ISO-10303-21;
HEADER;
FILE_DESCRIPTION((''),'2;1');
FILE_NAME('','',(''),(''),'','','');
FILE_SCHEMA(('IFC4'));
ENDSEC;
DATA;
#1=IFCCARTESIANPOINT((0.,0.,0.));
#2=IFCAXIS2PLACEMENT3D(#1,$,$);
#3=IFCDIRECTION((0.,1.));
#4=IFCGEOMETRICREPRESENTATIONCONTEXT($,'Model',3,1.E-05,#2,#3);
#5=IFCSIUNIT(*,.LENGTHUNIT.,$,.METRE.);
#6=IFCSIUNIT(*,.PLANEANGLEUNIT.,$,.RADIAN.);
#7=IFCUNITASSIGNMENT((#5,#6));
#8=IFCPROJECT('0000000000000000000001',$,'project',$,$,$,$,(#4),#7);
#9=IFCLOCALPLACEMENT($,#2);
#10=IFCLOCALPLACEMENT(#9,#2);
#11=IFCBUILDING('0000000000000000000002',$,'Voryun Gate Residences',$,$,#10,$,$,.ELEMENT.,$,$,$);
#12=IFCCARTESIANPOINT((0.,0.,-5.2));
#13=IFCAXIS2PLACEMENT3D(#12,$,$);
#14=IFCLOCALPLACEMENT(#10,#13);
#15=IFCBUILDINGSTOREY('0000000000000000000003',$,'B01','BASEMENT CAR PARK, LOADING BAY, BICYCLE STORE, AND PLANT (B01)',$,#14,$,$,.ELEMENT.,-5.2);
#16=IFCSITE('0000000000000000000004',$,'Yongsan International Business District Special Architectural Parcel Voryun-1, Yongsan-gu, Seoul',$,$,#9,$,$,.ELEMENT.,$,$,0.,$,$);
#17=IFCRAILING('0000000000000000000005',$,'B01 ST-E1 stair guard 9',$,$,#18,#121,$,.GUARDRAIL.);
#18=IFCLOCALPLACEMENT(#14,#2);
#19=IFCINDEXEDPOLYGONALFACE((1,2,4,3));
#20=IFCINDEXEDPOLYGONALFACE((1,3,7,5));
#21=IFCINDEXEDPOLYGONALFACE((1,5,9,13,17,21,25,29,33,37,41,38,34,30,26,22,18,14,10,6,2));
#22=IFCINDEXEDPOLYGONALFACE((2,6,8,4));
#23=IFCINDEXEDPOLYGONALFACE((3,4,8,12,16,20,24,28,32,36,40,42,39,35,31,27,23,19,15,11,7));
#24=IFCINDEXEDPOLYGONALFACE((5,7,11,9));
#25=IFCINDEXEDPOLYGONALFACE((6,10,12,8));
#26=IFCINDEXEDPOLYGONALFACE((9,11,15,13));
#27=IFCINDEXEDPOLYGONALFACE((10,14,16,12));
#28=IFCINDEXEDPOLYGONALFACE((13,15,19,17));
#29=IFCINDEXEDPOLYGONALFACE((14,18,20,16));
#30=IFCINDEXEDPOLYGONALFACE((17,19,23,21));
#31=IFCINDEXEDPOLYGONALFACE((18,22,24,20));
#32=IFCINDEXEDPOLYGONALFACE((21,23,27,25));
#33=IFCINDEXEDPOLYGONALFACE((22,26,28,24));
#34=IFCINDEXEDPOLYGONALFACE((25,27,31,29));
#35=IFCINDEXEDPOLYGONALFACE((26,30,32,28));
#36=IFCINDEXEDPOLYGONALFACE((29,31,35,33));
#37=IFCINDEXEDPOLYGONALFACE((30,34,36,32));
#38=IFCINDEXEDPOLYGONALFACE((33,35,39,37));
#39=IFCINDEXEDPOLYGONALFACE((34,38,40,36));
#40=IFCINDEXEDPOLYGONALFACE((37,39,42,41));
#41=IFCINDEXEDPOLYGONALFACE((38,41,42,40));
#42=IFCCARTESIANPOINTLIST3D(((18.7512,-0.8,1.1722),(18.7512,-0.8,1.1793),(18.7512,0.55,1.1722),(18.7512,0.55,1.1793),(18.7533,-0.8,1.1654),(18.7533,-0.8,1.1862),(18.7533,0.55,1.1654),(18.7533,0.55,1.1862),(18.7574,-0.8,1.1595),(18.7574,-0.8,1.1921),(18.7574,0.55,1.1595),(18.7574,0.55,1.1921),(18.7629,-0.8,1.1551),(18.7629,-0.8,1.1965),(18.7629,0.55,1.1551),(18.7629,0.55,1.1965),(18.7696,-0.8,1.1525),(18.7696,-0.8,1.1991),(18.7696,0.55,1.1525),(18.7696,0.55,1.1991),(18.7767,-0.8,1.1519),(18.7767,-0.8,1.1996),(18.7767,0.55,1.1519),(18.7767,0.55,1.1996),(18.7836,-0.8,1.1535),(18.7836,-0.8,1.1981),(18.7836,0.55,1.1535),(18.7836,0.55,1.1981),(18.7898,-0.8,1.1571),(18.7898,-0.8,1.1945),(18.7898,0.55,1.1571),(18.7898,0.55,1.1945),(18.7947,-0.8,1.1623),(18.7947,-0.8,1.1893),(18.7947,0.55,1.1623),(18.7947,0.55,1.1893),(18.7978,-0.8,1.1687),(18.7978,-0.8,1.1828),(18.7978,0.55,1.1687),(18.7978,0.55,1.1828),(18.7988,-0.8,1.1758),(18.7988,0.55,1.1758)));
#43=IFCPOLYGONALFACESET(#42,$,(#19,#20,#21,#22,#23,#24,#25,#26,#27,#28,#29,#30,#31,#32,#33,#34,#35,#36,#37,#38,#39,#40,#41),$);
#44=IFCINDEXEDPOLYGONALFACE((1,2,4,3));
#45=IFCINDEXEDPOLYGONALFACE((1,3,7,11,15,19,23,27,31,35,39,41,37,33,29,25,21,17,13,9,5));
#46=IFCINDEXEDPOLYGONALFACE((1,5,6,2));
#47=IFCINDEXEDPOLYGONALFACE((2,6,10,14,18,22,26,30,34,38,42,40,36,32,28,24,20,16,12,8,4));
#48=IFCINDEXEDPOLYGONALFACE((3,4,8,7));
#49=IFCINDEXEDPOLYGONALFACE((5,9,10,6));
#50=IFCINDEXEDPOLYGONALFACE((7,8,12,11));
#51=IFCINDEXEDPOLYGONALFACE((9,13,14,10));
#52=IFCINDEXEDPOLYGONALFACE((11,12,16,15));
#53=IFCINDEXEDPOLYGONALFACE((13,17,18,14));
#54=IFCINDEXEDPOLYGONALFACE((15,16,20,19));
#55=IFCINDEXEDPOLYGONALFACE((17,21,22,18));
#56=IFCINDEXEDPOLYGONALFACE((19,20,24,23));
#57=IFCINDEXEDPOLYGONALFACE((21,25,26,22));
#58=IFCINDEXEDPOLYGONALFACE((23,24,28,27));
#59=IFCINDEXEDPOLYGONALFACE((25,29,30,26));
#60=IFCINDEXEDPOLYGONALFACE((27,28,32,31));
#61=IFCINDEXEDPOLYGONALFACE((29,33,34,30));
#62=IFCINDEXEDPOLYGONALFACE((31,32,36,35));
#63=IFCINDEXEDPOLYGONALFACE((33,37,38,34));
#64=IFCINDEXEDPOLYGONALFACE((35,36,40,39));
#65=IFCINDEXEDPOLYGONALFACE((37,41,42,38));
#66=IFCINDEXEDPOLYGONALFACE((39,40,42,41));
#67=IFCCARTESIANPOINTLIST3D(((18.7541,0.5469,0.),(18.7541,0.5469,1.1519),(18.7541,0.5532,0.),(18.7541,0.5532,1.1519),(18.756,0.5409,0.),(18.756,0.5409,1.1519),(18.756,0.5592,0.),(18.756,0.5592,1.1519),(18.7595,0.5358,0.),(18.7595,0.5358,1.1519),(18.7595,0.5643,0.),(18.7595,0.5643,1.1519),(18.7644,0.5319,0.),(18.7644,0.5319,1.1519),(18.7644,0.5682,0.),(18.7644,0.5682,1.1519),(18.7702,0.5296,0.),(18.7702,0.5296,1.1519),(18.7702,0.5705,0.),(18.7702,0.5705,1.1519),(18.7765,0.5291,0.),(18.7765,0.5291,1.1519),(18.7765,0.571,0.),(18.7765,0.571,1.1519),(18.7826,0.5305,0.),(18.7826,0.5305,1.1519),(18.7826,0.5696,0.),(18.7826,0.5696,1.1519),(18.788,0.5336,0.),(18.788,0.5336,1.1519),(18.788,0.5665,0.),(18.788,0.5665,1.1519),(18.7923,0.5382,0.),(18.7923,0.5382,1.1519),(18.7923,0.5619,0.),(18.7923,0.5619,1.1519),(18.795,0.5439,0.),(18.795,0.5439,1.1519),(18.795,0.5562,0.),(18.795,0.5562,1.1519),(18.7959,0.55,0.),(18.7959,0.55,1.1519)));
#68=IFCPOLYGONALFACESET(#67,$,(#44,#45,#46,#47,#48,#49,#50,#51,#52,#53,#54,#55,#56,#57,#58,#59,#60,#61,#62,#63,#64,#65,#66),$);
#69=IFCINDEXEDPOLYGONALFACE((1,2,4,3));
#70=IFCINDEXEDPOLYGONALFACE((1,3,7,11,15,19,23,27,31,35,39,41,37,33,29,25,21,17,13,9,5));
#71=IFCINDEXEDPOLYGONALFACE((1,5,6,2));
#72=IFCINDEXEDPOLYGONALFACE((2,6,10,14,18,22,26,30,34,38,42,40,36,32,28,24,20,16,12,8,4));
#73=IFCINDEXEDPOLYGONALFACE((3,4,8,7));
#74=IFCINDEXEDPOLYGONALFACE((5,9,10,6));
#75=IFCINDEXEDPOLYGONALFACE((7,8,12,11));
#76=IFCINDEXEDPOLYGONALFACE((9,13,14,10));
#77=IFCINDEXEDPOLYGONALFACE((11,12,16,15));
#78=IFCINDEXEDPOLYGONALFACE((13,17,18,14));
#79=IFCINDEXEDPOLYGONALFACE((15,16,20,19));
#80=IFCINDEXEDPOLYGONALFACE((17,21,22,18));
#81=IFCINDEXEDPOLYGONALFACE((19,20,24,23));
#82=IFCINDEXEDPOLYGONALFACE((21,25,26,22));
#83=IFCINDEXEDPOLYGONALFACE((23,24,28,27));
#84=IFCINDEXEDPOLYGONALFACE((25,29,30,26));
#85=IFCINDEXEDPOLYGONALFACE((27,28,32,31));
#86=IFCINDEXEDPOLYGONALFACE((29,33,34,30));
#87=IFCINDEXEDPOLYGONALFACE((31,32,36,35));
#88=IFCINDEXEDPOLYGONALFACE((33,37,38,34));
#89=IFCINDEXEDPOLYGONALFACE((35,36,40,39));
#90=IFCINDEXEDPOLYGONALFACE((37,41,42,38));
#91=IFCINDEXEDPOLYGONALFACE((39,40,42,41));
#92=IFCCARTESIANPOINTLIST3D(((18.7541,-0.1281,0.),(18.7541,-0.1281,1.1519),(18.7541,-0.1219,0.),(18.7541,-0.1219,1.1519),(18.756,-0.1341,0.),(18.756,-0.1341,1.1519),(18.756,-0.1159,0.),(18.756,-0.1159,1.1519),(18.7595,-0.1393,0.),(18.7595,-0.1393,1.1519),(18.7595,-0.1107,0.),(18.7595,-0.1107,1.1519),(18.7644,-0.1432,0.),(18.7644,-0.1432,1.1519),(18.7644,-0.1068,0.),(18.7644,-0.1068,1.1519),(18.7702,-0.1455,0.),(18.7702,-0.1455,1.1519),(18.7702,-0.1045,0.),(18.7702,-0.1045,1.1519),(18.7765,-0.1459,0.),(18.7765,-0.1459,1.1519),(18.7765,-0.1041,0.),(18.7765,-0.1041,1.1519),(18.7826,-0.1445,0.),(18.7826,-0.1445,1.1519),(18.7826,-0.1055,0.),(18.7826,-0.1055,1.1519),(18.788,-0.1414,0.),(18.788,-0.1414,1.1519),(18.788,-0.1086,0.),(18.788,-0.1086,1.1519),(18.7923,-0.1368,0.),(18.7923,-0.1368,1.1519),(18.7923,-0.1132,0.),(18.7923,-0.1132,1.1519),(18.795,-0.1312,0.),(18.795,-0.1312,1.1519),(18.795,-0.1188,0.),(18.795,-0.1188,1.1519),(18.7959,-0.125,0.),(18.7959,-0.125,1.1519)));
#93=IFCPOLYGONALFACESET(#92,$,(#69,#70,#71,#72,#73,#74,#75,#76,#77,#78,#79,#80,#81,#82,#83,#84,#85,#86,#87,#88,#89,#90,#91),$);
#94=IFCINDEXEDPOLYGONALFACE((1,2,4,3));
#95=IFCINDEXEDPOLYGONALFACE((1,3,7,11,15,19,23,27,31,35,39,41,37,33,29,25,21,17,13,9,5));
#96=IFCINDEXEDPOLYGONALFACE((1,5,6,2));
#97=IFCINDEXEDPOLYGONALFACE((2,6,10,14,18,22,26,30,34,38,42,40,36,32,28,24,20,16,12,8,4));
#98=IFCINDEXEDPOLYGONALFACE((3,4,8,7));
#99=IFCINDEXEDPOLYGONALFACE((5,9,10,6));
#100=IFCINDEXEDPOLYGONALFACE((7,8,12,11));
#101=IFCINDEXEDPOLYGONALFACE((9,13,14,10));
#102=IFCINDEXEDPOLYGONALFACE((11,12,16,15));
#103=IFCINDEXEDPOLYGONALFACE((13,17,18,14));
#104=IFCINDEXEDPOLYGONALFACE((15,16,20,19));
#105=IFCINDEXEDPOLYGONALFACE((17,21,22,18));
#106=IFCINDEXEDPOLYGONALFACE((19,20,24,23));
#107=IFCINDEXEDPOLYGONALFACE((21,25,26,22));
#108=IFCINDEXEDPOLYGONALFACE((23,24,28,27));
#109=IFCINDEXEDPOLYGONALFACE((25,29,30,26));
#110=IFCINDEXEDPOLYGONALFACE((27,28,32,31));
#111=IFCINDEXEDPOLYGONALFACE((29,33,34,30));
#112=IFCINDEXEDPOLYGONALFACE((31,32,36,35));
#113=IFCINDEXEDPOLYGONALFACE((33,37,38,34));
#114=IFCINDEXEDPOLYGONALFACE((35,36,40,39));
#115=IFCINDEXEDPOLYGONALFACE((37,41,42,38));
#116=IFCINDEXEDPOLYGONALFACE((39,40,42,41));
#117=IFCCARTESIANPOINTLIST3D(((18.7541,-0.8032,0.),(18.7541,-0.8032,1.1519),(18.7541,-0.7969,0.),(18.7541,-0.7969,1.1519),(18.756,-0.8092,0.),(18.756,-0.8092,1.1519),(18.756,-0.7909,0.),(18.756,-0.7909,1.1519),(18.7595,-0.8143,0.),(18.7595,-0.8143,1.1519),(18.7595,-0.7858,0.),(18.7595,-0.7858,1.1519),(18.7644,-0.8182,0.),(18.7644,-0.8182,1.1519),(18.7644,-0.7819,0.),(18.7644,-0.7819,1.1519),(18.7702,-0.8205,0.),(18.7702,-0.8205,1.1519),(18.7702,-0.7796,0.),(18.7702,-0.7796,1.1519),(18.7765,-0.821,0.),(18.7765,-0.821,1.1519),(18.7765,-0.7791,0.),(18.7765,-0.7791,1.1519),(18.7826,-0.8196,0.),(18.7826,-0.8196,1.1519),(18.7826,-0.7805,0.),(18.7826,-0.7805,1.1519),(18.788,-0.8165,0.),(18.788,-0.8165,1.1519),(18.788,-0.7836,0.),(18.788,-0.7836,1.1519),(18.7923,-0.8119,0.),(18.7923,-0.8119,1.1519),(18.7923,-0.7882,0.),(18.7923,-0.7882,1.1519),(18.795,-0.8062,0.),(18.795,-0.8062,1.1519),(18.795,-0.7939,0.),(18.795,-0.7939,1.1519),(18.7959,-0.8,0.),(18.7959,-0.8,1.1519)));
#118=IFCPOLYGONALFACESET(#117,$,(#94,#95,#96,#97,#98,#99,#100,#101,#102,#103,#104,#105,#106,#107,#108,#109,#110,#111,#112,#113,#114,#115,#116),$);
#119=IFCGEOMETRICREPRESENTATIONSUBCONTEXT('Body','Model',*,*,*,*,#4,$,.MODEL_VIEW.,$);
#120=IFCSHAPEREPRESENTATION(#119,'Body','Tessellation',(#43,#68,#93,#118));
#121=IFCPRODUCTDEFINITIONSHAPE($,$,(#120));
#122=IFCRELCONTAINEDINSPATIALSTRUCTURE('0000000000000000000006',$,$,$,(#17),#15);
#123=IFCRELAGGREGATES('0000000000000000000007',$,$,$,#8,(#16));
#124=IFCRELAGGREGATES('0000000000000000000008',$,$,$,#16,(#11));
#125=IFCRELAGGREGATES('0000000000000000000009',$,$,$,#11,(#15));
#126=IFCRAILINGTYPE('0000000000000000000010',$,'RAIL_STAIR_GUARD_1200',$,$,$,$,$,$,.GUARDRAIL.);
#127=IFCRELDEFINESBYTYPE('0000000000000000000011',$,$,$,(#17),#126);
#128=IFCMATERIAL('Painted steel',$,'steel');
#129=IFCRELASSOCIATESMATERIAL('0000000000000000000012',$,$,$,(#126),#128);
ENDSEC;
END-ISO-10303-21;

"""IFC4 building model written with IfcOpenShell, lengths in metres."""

from ifc_helpers import new_model, si_unit, direction, frame, origin, origin_2d, place, context, subcontext, project, spatial, circle, extrude, material, type_object, element, save


model = new_model("IFC4")

# Units and contexts
model_context = context("Model", 3, precision=1e-05, world=origin(), true_north=direction((0.0, 1.0)))
body_context = subcontext(model_context, "Body", "Model", "MODEL_VIEW")
ifc_project = project(units=[si_unit("LENGTHUNIT", "METRE"), si_unit("PLANEANGLEUNIT", "RADIAN")], contexts=[model_context])

# Site, building, storey
site_placement = place(None, origin())
site = spatial("IfcSite", under=ifc_project, at=site_placement, Name="Yongsan International Business District Special Architectural Parcel Voryun-1, Yongsan-gu, Seoul", CompositionType="ELEMENT", RefElevation=0.0)
building_placement = place(site_placement, origin())
building = spatial("IfcBuilding", under=site, at=building_placement, Name="Voryun Gate Residences", CompositionType="ELEMENT")
storey_placement = place(building_placement, frame((0.0, 0.0, -5.2)))
storey = spatial("IfcBuildingStorey", under=building, at=storey_placement, Name="B01", Description="BASEMENT CAR PARK, LOADING BAY, BICYCLE STORE, AND PLANT (B01)", CompositionType="ELEMENT", Elevation=-5.2)

# Railing
ifc_material_1 = material(Name="Painted steel", Category="steel")
railing_type_1 = type_object("IfcRailingType", Name="RAIL_STAIR_GUARD_1200", PredefinedType="GUARDRAIL", material=ifc_material_1)
for number, where, name in (
    (1, (18.7749, 0.55, 0.0), "B01 ST-E1 stair guard 9"),
):
    element("IfcRailing", number, at=place(storey_placement, frame(where)), inside=storey, type_object=railing_type_1, Name=name, PredefinedType="GUARDRAIL", context=body_context, shape_type="SweptSolid", body=[
        extrude(circle(Radius=0.0239, at=origin_2d()), frame((0.0, 0.0, 1.1758), z_axis=(0.0, -1.0, 0.0), x_axis=(1.0, 0.0, 0.0)), (0.0, 0.0, 1.0), 1.3501),
        extrude(circle(Radius=0.021, at=origin_2d()), origin(), (0.0, 0.0, 1.0), 1.1519),
        extrude(circle(Radius=0.021, at=origin_2d()), frame((0.0, -0.675, 0.0)), (0.0, 0.0, 1.0), 1.1519),
        extrude(circle(Radius=0.021, at=origin_2d()), frame((0.0, -1.3501, 0.0)), (0.0, 0.0, 1.0), 1.1519),
    ])

save(model, "model.ifc")
